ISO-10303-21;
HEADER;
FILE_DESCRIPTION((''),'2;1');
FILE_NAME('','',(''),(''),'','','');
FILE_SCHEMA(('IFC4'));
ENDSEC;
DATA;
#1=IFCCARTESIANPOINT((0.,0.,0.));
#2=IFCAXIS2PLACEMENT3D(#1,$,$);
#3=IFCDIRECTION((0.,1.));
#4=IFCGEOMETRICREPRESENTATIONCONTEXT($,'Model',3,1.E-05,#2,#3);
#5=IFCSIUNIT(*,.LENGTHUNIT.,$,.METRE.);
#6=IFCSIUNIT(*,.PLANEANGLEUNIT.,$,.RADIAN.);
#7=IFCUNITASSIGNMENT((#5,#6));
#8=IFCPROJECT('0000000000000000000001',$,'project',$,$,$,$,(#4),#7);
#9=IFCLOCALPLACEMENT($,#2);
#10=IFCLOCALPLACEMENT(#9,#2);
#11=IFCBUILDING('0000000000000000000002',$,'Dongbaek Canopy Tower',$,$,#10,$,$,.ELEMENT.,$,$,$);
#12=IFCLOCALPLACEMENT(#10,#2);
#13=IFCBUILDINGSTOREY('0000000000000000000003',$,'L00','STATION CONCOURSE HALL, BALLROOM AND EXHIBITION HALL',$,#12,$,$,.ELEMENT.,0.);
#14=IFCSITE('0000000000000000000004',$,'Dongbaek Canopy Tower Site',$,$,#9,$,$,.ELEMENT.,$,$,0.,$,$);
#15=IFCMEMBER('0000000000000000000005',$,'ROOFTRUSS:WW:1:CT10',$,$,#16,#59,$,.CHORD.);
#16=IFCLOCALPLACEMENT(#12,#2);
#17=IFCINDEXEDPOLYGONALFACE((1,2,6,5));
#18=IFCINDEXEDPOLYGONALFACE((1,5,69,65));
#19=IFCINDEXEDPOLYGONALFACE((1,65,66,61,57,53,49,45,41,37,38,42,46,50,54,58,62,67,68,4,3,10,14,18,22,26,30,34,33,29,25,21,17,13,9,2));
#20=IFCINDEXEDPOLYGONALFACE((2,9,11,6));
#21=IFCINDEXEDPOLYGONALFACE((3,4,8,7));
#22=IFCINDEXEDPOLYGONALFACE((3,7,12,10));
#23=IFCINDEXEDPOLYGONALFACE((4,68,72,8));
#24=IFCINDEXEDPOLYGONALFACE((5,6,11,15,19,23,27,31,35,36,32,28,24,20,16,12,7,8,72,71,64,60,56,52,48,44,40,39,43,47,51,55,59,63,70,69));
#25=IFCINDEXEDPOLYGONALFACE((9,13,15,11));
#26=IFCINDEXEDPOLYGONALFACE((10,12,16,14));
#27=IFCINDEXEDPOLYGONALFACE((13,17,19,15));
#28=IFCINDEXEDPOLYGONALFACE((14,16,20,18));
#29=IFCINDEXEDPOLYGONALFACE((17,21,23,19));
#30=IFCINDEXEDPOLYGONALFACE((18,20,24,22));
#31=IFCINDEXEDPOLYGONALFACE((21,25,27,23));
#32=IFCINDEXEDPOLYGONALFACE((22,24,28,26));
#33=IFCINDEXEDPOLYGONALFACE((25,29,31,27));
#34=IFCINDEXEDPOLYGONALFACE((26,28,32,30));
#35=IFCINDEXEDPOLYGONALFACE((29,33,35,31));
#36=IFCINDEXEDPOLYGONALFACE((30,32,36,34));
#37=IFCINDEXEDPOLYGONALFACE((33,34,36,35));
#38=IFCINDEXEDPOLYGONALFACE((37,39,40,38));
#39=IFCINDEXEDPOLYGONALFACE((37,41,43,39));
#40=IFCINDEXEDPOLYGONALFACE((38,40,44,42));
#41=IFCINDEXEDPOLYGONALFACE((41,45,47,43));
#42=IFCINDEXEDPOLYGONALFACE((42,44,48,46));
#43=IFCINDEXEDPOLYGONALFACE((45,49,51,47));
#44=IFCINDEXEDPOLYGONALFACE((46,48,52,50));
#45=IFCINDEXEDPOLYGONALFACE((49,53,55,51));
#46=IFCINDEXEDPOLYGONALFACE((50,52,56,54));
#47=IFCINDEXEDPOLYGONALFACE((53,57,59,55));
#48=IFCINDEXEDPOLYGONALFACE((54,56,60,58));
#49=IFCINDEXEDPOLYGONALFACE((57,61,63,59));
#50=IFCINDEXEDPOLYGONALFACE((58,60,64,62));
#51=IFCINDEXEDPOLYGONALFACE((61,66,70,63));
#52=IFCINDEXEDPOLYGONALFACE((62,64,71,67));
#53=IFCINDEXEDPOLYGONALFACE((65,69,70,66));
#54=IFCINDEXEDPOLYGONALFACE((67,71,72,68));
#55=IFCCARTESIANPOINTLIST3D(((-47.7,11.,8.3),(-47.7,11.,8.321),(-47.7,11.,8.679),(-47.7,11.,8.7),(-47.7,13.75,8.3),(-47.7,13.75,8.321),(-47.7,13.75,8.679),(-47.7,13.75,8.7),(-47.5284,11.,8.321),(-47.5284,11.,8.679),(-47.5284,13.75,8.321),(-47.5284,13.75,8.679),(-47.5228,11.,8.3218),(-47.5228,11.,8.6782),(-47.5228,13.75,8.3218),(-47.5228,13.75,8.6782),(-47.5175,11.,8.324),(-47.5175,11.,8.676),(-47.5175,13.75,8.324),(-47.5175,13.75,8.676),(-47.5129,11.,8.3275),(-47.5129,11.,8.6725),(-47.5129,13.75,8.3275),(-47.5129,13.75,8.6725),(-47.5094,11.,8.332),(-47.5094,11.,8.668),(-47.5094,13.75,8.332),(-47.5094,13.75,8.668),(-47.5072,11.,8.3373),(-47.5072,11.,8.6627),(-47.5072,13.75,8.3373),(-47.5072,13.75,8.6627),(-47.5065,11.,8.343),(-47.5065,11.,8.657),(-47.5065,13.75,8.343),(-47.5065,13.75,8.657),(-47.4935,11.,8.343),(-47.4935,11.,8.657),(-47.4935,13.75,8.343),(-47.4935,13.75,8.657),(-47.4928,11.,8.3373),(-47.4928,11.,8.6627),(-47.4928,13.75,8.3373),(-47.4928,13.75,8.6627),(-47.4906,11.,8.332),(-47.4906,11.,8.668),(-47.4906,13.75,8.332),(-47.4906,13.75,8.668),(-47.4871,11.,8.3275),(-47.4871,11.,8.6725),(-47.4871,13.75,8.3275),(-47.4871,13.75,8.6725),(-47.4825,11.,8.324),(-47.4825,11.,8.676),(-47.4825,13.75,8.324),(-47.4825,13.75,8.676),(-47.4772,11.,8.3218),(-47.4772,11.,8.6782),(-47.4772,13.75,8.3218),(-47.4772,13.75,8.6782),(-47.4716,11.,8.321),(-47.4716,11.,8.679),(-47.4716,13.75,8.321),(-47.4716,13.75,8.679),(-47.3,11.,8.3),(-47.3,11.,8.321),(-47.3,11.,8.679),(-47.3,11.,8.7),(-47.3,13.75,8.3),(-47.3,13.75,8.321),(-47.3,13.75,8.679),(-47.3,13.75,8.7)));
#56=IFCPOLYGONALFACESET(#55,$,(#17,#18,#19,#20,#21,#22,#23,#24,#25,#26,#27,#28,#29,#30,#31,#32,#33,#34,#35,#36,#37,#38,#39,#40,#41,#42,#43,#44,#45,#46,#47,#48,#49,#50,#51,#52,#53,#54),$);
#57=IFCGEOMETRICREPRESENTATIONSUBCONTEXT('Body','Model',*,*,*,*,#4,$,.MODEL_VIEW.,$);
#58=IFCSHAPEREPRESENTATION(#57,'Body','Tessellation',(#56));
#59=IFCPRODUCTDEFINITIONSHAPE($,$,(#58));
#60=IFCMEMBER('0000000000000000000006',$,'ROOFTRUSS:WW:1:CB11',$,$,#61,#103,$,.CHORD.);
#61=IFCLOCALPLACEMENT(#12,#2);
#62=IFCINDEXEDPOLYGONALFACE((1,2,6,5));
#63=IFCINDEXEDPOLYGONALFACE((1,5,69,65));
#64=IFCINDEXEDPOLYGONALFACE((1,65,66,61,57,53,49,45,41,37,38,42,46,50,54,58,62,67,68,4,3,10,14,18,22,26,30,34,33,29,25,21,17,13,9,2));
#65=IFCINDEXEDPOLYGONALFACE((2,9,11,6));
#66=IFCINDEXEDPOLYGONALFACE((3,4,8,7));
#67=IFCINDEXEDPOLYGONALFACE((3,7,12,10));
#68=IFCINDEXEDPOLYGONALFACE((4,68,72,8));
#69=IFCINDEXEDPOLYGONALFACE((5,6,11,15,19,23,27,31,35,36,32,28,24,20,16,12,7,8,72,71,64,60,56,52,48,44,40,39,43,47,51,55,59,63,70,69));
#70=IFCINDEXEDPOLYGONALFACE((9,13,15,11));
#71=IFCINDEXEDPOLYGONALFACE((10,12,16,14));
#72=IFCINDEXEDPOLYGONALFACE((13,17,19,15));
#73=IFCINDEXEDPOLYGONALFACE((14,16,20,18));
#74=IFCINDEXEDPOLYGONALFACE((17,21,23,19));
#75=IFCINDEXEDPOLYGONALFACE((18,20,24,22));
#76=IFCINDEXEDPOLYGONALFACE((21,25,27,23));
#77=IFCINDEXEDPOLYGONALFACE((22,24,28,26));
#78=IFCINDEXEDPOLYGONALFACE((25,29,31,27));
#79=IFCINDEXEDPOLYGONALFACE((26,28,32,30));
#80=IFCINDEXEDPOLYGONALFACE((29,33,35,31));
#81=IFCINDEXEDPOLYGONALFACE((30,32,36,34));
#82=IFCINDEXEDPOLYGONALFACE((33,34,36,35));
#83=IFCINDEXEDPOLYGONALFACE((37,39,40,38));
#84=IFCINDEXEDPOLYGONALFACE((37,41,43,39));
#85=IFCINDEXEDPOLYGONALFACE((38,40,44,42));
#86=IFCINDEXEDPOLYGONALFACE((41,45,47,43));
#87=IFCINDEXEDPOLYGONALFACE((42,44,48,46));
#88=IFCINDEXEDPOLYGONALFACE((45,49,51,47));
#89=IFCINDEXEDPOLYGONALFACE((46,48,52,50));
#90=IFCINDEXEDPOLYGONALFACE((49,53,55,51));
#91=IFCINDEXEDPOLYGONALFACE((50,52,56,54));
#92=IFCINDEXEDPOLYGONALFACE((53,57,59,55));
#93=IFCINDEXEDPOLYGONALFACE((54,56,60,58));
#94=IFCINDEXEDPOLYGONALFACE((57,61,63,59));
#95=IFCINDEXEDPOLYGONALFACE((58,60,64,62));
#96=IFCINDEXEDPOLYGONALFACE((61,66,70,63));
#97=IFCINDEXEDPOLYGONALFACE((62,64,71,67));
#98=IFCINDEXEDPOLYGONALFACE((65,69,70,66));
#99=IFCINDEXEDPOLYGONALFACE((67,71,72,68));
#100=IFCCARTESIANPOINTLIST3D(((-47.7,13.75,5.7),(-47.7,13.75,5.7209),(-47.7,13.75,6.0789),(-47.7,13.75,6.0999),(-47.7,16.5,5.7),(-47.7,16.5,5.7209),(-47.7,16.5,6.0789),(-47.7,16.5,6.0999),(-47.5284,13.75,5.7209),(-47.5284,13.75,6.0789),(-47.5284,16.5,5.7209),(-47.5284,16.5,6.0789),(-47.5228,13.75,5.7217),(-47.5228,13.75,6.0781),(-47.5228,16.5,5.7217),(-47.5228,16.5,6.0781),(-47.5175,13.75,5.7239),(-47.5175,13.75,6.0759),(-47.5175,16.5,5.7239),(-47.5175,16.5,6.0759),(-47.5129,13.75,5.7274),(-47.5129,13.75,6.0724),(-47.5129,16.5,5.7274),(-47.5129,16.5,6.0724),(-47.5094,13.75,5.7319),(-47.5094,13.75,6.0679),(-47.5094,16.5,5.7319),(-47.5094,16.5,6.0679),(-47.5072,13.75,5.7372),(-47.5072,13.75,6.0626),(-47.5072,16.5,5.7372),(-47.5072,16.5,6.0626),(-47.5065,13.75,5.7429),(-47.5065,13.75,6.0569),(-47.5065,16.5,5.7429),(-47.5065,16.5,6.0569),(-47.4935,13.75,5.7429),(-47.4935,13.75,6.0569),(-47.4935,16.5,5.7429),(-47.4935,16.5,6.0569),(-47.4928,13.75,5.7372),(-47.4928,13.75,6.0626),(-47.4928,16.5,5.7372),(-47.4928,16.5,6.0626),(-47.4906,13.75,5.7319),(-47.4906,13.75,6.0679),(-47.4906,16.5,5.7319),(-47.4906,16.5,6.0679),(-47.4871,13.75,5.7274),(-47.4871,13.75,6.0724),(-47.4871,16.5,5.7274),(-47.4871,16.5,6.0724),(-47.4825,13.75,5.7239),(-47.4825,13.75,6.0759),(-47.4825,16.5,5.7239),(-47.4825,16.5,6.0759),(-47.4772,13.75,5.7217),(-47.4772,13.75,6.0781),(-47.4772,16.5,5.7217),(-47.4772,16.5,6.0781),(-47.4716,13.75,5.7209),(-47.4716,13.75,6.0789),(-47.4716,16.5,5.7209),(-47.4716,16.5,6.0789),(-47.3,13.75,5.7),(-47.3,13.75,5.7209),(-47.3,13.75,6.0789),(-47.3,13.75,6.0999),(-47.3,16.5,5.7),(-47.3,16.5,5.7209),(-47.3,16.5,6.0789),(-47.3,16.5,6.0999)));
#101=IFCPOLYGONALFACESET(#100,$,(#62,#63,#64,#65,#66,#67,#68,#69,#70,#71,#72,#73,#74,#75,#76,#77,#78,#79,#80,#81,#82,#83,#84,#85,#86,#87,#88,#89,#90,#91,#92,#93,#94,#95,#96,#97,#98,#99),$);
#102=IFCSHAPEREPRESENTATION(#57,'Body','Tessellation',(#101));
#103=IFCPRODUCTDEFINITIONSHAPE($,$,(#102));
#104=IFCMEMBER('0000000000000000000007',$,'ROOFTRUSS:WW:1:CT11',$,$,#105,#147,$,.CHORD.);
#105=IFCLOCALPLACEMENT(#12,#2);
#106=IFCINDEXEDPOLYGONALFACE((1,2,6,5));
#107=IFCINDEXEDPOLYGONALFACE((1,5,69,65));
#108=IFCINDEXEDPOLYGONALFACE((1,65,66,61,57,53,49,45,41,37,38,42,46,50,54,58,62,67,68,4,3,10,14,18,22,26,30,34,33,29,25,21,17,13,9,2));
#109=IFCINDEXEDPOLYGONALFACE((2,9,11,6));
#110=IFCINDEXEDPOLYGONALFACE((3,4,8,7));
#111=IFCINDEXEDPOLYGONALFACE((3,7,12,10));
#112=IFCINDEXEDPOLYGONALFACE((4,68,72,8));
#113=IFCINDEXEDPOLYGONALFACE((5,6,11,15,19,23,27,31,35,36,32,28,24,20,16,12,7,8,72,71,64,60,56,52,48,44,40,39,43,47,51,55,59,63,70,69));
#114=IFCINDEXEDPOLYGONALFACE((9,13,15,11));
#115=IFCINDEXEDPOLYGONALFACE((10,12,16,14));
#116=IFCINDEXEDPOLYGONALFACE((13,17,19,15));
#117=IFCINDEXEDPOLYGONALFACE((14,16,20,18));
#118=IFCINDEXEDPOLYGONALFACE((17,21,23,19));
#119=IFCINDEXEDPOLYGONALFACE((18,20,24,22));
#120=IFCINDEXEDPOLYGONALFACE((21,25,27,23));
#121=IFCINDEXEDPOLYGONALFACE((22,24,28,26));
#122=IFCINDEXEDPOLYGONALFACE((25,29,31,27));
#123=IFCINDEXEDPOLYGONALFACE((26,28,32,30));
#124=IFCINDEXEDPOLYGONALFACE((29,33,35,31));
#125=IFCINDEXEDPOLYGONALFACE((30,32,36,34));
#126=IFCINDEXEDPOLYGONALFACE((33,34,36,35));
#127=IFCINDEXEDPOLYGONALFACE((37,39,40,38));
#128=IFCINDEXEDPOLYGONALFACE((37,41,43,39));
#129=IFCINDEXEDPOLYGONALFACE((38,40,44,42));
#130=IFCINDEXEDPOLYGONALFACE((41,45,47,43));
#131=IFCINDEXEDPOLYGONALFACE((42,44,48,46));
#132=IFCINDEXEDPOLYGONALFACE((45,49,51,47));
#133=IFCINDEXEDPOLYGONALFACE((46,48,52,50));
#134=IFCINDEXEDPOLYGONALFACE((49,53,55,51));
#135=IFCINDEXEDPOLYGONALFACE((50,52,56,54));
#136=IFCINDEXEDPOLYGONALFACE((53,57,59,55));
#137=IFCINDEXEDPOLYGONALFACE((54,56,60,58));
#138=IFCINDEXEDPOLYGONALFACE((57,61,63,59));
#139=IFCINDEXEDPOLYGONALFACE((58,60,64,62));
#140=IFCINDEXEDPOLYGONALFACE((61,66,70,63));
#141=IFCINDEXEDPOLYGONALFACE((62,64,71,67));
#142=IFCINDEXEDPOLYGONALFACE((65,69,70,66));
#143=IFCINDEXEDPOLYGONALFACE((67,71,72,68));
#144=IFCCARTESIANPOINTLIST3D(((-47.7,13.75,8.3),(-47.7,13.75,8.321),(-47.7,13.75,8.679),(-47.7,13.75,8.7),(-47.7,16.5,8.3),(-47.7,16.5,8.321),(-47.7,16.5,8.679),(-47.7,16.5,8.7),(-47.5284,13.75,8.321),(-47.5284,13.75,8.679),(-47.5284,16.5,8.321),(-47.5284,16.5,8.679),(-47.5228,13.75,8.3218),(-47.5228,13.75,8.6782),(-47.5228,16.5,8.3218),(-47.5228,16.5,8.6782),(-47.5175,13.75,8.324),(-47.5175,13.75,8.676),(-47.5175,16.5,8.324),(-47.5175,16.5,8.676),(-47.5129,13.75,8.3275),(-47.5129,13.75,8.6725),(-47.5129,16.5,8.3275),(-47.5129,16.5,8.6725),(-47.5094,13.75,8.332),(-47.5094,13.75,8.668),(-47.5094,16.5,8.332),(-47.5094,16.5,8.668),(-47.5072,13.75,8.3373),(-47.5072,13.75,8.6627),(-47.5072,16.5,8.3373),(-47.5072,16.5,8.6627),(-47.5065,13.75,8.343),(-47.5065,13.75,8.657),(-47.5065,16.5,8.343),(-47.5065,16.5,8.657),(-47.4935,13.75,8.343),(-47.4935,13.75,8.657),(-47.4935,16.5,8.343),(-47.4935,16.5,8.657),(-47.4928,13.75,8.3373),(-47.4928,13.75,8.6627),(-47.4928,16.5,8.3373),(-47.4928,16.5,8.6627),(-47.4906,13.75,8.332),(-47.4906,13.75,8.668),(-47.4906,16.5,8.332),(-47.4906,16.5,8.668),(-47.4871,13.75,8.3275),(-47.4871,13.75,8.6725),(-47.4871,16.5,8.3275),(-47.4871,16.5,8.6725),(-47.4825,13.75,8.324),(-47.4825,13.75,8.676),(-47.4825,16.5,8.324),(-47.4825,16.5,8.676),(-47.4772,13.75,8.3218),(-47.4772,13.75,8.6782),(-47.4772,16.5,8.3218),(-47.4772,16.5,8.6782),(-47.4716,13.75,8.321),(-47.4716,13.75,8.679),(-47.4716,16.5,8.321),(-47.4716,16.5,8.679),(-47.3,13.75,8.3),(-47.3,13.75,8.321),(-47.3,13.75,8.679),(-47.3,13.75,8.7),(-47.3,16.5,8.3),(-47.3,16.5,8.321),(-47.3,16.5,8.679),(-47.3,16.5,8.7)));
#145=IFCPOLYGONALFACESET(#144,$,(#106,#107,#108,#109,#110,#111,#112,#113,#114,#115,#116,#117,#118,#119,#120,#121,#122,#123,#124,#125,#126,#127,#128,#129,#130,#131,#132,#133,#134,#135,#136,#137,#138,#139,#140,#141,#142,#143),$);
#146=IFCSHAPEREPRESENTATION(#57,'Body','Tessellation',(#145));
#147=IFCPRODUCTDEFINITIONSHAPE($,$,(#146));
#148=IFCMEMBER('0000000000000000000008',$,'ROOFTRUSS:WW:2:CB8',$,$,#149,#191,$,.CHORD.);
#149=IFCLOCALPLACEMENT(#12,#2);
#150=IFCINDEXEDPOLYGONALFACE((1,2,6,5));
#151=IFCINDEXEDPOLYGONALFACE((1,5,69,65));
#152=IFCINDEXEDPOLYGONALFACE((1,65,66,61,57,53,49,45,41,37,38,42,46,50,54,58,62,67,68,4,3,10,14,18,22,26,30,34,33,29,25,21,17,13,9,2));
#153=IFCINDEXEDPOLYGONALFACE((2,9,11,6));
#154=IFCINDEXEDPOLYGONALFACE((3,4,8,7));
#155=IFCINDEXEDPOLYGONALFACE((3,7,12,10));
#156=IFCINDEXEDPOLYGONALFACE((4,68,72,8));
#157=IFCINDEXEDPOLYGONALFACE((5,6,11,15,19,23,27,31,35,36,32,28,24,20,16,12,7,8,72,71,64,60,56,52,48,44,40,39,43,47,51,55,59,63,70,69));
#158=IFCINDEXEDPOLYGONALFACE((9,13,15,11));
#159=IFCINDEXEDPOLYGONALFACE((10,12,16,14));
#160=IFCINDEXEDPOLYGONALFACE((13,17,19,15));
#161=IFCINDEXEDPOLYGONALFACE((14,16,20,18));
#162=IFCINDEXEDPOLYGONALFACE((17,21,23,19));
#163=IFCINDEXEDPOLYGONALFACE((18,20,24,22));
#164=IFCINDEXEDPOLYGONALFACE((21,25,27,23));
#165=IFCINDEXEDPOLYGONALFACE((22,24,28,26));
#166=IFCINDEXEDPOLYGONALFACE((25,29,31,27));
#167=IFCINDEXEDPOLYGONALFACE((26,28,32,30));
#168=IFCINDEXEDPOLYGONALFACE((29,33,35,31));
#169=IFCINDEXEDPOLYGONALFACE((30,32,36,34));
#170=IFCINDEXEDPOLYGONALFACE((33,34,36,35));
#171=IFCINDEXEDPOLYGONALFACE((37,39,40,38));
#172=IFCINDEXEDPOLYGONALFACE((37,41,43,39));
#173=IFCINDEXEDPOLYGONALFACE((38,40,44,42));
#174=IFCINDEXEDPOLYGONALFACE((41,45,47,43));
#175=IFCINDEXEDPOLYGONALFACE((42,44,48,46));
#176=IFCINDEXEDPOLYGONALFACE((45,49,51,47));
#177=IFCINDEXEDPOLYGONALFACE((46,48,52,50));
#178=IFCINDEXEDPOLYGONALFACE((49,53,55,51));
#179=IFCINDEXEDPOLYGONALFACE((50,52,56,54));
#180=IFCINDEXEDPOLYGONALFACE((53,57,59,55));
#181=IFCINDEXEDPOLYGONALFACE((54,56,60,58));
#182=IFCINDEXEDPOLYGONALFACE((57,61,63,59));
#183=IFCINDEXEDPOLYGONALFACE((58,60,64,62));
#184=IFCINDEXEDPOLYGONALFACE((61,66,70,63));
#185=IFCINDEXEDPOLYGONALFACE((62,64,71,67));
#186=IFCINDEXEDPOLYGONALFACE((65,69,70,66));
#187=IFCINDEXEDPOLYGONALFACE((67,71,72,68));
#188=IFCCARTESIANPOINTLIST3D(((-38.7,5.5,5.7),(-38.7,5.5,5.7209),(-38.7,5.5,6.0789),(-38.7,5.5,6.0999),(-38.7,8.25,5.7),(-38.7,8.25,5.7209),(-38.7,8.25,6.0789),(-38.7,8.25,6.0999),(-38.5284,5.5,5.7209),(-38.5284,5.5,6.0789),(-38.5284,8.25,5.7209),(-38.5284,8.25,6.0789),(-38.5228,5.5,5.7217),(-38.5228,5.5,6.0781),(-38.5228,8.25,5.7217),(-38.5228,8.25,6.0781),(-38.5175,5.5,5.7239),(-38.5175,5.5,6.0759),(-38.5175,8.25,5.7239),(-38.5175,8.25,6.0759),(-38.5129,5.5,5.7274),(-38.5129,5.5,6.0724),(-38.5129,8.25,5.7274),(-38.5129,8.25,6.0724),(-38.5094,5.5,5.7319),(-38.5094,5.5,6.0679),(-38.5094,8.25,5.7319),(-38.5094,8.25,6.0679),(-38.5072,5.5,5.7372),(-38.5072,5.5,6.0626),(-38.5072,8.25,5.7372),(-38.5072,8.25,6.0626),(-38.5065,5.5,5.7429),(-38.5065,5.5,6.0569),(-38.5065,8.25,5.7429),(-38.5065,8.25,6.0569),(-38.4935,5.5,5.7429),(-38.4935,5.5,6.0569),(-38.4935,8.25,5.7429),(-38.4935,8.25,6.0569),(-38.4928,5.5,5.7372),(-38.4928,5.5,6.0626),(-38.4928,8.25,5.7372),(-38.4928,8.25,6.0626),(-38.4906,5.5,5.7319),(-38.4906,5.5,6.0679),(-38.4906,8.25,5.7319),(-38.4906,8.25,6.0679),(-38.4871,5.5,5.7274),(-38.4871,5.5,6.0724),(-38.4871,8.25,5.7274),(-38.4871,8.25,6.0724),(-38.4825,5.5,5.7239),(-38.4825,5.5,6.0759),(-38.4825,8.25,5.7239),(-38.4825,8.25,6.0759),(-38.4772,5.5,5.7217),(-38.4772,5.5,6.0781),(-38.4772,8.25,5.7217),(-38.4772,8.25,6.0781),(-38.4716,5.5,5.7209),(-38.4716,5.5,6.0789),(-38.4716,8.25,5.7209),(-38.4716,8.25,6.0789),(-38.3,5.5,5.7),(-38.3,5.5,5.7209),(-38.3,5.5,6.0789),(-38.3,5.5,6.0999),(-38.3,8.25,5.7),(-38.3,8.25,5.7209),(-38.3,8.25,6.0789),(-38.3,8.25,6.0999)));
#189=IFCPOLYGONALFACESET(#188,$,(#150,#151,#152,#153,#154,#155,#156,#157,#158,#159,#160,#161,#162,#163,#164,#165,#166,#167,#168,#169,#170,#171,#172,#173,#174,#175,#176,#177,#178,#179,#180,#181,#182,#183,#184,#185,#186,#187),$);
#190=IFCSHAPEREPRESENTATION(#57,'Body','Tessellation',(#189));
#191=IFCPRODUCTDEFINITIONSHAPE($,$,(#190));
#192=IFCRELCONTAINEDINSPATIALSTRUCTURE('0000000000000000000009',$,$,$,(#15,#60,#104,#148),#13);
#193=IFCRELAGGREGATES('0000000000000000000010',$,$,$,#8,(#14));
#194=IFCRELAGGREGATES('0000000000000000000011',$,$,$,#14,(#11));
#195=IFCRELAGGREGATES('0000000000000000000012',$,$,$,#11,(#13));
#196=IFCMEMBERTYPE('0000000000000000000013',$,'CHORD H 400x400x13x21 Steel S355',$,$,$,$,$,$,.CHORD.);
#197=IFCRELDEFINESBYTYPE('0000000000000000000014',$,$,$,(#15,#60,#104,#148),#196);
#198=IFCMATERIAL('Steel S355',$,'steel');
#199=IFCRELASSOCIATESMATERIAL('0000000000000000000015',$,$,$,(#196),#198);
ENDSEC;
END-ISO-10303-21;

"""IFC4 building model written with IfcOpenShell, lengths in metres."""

from ifc_helpers import new_model, si_unit, direction, frame, origin, origin_2d, place, context, subcontext, project, spatial, i_section, extrude, material, material_profile, profile_set, type_object, element, save


model = new_model("IFC4")

# Units and contexts
model_context = context("Model", 3, precision=1e-05, world=origin(), true_north=direction((0.0, 1.0)))
body_context = subcontext(model_context, "Body", "Model", "MODEL_VIEW")
ifc_project = project(units=[si_unit("LENGTHUNIT", "METRE"), si_unit("PLANEANGLEUNIT", "RADIAN")], contexts=[model_context])

# Site, building, storey
site_placement = place(None, origin())
site = spatial("IfcSite", under=ifc_project, at=site_placement, Name="Dongbaek Canopy Tower Site", CompositionType="ELEMENT", RefElevation=0.0)
building_placement = place(site_placement, origin())
building = spatial("IfcBuilding", under=site, at=building_placement, Name="Dongbaek Canopy Tower", CompositionType="ELEMENT")
storey_placement = place(building_placement, origin())
storey = spatial("IfcBuildingStorey", under=building, at=storey_placement, Name="L00", Description="STATION CONCOURSE HALL, BALLROOM AND EXHIBITION HALL", CompositionType="ELEMENT", Elevation=0.0)

# Members
ifc_material_1 = material(Name="Steel S355", Category="steel")
ifc_material_profile_1 = material_profile(ifc_material_1, i_section(OverallWidth=0.3999, OverallDepth=0.3999, WebThickness=0.0129, FlangeThickness=0.021, FilletRadius=0.022, at=origin_2d()), Name="CHORD H 400x400x13x21 Steel S355")
ifc_profile_set_1 = profile_set([ifc_material_profile_1], Name="Steel S355")
member_type_1 = type_object("IfcMemberType", Name="CHORD H 400x400x13x21 Steel S355", PredefinedType="CHORD", material=ifc_profile_set_1)
for number, where, z_axis, x_axis, name in (
    (1, (-47.5, 11.0, 8.5), (0.0, 1.0, 0.0), (-1.0, 0.0, 0.0), "ROOFTRUSS:WW:1:CT10"),
    (2, (-47.5, 13.75, 5.8999), (0.0, 1.0, 0.0), (-1.0, 0.0, 0.0), "ROOFTRUSS:WW:1:CB11"),
    (3, (-47.5, 13.75, 8.5), (0.0, 1.0, 0.0), (-1.0, 0.0, 0.0), "ROOFTRUSS:WW:1:CT11"),
    (4, (-38.5, 5.5, 5.8999), (0.0, 1.0, 0.0), (-1.0, 0.0, 0.0), "ROOFTRUSS:WW:2:CB8"),
):
    element("IfcMember", number, at=place(storey_placement, frame(where, z_axis=z_axis, x_axis=x_axis)), inside=storey, type_object=member_type_1, Name=name, PredefinedType="CHORD", context=body_context, shape_type="SweptSolid", body=[
        extrude(i_section(OverallWidth=0.3999, OverallDepth=0.3999, WebThickness=0.0129, FlangeThickness=0.021, FilletRadius=0.022, at=origin_2d()), origin(), (0.0, 0.0, 1.0), 2.75),
    ])

save(model, "model.ifc")
